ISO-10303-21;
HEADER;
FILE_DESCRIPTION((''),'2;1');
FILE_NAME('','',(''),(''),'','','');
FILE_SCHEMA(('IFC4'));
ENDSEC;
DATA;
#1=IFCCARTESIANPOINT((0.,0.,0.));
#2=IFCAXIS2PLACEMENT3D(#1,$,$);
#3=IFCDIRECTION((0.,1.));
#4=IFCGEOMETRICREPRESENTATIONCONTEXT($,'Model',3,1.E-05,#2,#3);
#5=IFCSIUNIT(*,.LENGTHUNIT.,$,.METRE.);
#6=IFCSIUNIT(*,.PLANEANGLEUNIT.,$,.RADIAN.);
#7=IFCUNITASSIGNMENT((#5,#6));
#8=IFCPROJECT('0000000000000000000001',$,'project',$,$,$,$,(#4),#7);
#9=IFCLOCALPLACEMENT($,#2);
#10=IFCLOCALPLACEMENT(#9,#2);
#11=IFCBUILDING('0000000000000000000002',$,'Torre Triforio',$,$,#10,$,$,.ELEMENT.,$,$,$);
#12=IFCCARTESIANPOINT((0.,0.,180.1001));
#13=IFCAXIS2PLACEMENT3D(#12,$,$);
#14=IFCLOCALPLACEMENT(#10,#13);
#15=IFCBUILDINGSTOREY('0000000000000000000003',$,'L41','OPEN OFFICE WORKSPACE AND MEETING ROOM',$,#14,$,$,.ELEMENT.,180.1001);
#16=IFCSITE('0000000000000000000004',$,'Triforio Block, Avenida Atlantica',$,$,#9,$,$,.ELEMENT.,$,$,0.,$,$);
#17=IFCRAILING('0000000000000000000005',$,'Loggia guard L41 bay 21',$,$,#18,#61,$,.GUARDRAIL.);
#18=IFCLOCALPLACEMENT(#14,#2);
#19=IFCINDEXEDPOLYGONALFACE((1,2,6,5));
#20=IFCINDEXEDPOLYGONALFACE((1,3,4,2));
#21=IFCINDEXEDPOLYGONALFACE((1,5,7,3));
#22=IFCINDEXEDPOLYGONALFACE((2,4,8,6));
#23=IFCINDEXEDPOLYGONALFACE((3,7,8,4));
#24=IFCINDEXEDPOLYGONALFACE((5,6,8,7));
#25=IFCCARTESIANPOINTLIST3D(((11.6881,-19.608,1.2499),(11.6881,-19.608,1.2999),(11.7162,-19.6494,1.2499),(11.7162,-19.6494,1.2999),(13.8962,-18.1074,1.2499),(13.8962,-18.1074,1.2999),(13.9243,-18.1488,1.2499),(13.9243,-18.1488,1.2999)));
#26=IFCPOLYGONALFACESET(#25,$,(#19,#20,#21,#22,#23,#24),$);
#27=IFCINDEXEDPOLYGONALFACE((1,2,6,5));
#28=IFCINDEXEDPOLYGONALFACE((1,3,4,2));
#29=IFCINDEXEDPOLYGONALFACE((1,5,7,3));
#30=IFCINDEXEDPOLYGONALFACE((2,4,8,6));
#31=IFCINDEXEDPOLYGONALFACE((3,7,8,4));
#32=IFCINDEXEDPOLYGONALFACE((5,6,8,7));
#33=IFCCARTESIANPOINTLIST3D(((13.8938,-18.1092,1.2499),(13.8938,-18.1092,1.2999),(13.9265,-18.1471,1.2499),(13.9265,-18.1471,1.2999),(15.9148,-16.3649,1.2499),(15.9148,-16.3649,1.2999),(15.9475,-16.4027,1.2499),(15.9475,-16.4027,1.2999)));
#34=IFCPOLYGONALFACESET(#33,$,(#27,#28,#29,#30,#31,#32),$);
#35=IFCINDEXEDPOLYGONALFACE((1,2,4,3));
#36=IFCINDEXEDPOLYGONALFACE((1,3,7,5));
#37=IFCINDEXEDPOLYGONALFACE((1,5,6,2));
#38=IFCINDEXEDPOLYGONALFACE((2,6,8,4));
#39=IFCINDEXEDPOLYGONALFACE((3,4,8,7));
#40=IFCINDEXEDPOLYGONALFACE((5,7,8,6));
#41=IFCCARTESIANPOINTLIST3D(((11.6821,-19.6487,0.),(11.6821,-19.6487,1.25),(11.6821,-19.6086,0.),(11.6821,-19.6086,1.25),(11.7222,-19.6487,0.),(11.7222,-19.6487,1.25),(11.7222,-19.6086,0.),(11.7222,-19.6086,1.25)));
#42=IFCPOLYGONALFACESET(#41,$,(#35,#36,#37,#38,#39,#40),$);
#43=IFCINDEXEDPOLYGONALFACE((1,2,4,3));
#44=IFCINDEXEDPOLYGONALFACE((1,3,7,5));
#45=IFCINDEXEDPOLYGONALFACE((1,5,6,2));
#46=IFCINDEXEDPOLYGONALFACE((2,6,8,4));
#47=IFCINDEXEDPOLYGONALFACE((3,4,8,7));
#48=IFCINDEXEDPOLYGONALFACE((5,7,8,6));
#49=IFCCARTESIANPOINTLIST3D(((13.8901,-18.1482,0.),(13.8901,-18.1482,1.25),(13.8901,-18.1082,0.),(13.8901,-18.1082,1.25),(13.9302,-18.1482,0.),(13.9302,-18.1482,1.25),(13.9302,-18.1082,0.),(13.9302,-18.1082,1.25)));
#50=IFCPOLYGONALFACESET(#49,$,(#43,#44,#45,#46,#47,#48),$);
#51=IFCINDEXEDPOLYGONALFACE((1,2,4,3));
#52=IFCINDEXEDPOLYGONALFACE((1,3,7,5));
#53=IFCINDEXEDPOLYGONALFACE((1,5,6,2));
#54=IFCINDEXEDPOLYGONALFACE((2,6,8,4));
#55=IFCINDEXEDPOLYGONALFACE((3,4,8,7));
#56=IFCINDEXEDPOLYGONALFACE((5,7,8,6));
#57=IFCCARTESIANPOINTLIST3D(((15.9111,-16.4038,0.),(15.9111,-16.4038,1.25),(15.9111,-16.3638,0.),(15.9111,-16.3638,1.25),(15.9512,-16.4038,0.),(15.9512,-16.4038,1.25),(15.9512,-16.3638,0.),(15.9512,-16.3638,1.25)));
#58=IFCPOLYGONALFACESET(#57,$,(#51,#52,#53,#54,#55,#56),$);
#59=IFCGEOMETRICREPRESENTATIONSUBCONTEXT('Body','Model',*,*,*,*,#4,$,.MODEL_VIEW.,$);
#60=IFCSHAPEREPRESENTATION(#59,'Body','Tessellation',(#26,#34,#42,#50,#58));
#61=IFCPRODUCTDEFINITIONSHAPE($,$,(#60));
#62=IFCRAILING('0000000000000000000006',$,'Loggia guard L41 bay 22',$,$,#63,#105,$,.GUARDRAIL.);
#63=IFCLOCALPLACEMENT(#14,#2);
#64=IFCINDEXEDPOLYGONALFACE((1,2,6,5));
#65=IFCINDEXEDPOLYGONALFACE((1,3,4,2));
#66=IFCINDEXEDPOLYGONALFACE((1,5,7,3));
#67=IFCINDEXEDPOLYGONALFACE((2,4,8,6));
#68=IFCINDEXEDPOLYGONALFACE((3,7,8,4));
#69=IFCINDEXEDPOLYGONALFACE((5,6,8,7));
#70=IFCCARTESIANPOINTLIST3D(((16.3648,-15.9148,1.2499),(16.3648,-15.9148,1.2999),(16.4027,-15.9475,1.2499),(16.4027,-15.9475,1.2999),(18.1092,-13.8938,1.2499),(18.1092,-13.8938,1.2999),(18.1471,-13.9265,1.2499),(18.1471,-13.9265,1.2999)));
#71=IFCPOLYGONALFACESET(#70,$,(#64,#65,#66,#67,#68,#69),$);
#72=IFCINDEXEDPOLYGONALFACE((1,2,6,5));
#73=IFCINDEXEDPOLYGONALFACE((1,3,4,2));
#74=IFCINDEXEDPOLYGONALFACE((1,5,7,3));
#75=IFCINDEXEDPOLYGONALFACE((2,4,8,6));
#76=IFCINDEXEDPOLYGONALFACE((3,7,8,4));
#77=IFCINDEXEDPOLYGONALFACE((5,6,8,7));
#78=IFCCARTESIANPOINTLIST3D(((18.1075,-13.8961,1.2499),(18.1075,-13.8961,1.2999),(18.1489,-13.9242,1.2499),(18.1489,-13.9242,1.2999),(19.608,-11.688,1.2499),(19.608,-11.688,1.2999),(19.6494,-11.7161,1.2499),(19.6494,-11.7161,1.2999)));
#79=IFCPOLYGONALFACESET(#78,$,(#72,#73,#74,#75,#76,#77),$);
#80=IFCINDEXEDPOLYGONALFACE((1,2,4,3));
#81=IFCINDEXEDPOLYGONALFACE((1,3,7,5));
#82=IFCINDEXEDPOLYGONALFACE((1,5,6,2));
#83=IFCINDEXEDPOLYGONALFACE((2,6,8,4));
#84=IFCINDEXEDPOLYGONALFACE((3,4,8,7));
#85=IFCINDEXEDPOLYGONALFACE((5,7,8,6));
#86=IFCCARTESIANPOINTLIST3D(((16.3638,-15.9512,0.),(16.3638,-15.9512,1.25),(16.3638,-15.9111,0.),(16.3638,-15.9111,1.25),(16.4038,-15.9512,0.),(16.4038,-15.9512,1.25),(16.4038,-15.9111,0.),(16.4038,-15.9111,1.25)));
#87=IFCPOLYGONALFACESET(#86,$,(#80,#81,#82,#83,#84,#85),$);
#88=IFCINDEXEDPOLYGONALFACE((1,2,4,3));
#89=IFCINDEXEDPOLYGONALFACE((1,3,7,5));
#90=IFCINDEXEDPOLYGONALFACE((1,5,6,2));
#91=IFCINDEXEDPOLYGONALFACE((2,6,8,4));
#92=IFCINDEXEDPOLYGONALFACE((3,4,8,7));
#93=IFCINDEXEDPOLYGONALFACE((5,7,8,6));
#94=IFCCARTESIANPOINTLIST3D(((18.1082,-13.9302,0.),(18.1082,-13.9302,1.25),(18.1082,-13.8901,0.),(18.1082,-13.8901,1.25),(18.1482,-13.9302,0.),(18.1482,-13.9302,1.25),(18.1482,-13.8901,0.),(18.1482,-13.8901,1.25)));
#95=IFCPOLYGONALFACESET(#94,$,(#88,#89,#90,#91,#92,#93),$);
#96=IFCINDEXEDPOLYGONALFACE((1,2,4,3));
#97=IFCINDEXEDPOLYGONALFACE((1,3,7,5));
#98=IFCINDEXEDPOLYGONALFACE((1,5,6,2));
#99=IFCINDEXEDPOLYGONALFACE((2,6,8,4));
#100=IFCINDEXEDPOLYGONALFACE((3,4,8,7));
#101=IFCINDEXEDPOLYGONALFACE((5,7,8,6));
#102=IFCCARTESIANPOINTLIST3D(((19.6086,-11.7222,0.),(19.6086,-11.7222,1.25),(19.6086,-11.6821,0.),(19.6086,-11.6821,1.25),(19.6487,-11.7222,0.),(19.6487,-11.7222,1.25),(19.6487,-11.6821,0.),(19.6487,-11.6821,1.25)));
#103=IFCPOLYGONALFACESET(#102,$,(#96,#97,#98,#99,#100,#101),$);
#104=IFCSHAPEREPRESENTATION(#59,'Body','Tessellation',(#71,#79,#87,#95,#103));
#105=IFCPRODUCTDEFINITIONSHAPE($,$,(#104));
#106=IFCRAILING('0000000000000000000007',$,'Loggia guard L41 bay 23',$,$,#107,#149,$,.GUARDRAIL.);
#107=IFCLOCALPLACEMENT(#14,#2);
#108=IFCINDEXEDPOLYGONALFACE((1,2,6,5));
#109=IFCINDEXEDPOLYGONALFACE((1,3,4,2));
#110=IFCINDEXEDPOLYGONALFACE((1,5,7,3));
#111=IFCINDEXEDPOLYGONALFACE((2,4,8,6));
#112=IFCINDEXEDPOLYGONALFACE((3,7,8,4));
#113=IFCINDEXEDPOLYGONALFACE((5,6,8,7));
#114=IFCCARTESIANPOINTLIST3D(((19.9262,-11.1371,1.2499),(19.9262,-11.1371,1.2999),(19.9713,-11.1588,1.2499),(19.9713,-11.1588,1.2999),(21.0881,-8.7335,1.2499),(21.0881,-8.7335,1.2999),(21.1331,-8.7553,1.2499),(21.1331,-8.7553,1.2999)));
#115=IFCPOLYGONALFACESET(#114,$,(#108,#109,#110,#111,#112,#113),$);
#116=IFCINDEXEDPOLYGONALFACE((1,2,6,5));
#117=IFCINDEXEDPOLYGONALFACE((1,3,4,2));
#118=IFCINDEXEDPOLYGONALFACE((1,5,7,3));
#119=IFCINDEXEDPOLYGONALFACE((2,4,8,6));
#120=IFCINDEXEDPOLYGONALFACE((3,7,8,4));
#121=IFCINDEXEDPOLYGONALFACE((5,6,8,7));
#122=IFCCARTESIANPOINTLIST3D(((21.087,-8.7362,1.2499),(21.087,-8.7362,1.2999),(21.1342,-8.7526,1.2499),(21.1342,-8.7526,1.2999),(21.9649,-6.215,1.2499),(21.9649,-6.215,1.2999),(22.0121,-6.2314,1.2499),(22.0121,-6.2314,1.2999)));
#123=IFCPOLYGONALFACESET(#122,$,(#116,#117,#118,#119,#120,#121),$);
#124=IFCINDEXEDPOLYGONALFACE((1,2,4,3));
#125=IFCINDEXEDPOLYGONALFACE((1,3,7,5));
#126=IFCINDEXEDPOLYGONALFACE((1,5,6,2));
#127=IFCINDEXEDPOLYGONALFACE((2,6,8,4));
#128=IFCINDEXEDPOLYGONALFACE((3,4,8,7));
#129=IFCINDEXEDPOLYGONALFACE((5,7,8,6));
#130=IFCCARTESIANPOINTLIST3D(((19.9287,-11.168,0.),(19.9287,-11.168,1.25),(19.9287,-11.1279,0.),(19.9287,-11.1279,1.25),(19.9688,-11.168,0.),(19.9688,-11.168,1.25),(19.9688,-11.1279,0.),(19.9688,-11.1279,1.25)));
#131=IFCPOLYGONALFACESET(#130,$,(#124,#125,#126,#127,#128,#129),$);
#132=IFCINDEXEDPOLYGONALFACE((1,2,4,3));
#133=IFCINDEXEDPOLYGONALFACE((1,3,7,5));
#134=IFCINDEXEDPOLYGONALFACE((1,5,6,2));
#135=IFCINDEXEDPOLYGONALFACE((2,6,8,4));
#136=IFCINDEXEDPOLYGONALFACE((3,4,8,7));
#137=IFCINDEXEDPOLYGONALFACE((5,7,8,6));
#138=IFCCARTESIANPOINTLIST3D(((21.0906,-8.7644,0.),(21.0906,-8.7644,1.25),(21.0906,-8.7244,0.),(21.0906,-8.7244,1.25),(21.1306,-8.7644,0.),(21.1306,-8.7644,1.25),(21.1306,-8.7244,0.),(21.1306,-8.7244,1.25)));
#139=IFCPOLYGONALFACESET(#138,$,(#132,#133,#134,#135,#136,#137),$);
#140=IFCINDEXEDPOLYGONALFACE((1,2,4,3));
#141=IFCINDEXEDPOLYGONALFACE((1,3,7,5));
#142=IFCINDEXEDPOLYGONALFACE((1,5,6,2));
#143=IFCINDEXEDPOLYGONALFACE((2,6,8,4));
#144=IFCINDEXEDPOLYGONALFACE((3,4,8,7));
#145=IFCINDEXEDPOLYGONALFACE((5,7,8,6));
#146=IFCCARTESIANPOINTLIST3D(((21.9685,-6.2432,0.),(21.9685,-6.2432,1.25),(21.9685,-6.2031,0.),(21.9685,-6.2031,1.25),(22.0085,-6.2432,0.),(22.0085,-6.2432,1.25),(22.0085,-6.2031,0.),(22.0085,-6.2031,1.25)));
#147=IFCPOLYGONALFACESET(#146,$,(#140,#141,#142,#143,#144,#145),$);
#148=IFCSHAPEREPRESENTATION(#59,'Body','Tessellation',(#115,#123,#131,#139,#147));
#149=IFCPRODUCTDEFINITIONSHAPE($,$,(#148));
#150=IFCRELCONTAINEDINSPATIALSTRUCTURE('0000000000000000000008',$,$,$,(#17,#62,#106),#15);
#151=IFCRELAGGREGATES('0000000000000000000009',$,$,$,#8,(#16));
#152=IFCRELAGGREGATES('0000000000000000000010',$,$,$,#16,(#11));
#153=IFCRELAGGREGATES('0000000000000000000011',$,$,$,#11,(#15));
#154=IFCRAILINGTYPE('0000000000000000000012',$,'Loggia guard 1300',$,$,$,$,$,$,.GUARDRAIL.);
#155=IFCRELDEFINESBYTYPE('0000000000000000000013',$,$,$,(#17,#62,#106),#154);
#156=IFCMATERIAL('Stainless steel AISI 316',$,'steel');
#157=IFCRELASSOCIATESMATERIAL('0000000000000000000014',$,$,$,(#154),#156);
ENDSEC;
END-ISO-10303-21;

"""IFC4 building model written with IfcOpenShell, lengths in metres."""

from ifc_helpers import new_model, si_unit, direction, frame, origin, origin_2d, place, context, subcontext, project, spatial, rectangle, extrude, material, type_object, element, save


model = new_model("IFC4")

# Units and contexts
model_context = context("Model", 3, precision=1e-05, world=origin(), true_north=direction((0.0, 1.0)))
body_context = subcontext(model_context, "Body", "Model", "MODEL_VIEW")
ifc_project = project(units=[si_unit("LENGTHUNIT", "METRE"), si_unit("PLANEANGLEUNIT", "RADIAN")], contexts=[model_context])

# Site, building, storey
site_placement = place(None, origin())
site = spatial("IfcSite", under=ifc_project, at=site_placement, Name="Triforio Block, Avenida Atlantica", CompositionType="ELEMENT", RefElevation=0.0)
building_placement = place(site_placement, origin())
building = spatial("IfcBuilding", under=site, at=building_placement, Name="Torre Triforio", CompositionType="ELEMENT")
storey_placement = place(building_placement, frame((0.0, 0.0, 180.1001)))
storey = spatial("IfcBuildingStorey", under=building, at=storey_placement, Name="L41", Description="OPEN OFFICE WORKSPACE AND MEETING ROOM", CompositionType="ELEMENT", Elevation=180.1001)

# Railings
ifc_material_1 = material(Name="Stainless steel AISI 316", Category="steel")
railing_type = type_object("IfcRailingType", Name="Loggia guard 1300", PredefinedType="GUARDRAIL", material=ifc_material_1)
railing_1_placement = place(storey_placement, frame((11.7021, -19.6287, 0.0)))
element("IfcRailing", 1, at=railing_1_placement, inside=storey, type_object=railing_type, Name="Loggia guard L41 bay 21", PredefinedType="GUARDRAIL", context=body_context, shape_type="SweptSolid", body=[
    extrude(rectangle(XDim=0.05, YDim=0.05, at=origin_2d()), frame((0.0, 0.0, 1.2749), z_axis=(0.827093, 0.562065, 0.0), x_axis=(-0.562065, 0.827093, 0.0)), (0.0, 0.0, 1.0), 2.6697),
    extrude(rectangle(XDim=0.05, YDim=0.05, at=origin_2d()), frame((2.208, 1.5005, 1.2749), z_axis=(0.757012, 0.653401, 0.0), x_axis=(-0.653401, 0.757012, 0.0)), (0.0, 0.0, 1.0), 2.6697),
    extrude(rectangle(XDim=0.04, YDim=0.04, at=origin_2d()), origin(), (0.0, 0.0, 1.0), 1.25),
    extrude(rectangle(XDim=0.04, YDim=0.04, at=origin_2d()), frame((2.208, 1.5005, 0.0)), (0.0, 0.0, 1.0), 1.25),
    extrude(rectangle(XDim=0.04, YDim=0.04, at=origin_2d()), frame((4.229, 3.2449, 0.0)), (0.0, 0.0, 1.0), 1.25),
])
railing_2_placement = place(storey_placement, frame((16.3838, -15.9312, 0.0)))
element("IfcRailing", 2, at=railing_2_placement, inside=storey, type_object=railing_type, Name="Loggia guard L41 bay 22", PredefinedType="GUARDRAIL", context=body_context, shape_type="SweptSolid", body=[
    extrude(rectangle(XDim=0.05, YDim=0.05, at=origin_2d()), frame((0.0, 0.0, 1.2749), z_axis=(0.653401, 0.757012, 0.0), x_axis=(-0.757012, 0.653401, 0.0)), (0.0, 0.0, 1.0), 2.6697),
    extrude(rectangle(XDim=0.05, YDim=0.05, at=origin_2d()), frame((1.7444, 2.021, 1.2749), z_axis=(0.562065, 0.827093, 0.0), x_axis=(-0.827093, 0.562065, 0.0)), (0.0, 0.0, 1.0), 2.6697),
    extrude(rectangle(XDim=0.04, YDim=0.04, at=origin_2d()), origin(), (0.0, 0.0, 1.0), 1.25),
    extrude(rectangle(XDim=0.04, YDim=0.04, at=origin_2d()), frame((1.7444, 2.021, 0.0)), (0.0, 0.0, 1.0), 1.25),
    extrude(rectangle(XDim=0.04, YDim=0.04, at=origin_2d()), frame((3.2449, 4.229, 0.0)), (0.0, 0.0, 1.0), 1.25),
])
railing_3_placement = place(storey_placement, frame((19.9487, -11.1479, 0.0)))
element("IfcRailing", 3, at=railing_3_placement, inside=storey, type_object=railing_type, Name="Loggia guard L41 bay 23", PredefinedType="GUARDRAIL", context=body_context, shape_type="SweptSolid", body=[
    extrude(rectangle(XDim=0.05, YDim=0.05, at=origin_2d()), frame((0.0, 0.0, 1.2749), z_axis=(0.435212, 0.900328, 0.0), x_axis=(-0.900328, 0.435212, 0.0)), (0.0, 0.0, 1.0), 2.6697),
    extrude(rectangle(XDim=0.05, YDim=0.05, at=origin_2d()), frame((1.1619, 2.4036, 1.2749), z_axis=(0.328847, 0.944383, 0.0), x_axis=(-0.944383, 0.328847, 0.0)), (0.0, 0.0, 1.0), 2.6697),
    extrude(rectangle(XDim=0.04, YDim=0.04, at=origin_2d()), origin(), (0.0, 0.0, 1.0), 1.25),
    extrude(rectangle(XDim=0.04, YDim=0.04, at=origin_2d()), frame((1.1619, 2.4036, 0.0)), (0.0, 0.0, 1.0), 1.25),
    extrude(rectangle(XDim=0.04, YDim=0.04, at=origin_2d()), frame((2.0398, 4.9248, 0.0)), (0.0, 0.0, 1.0), 1.25),
])

save(model, "model.ifc")
